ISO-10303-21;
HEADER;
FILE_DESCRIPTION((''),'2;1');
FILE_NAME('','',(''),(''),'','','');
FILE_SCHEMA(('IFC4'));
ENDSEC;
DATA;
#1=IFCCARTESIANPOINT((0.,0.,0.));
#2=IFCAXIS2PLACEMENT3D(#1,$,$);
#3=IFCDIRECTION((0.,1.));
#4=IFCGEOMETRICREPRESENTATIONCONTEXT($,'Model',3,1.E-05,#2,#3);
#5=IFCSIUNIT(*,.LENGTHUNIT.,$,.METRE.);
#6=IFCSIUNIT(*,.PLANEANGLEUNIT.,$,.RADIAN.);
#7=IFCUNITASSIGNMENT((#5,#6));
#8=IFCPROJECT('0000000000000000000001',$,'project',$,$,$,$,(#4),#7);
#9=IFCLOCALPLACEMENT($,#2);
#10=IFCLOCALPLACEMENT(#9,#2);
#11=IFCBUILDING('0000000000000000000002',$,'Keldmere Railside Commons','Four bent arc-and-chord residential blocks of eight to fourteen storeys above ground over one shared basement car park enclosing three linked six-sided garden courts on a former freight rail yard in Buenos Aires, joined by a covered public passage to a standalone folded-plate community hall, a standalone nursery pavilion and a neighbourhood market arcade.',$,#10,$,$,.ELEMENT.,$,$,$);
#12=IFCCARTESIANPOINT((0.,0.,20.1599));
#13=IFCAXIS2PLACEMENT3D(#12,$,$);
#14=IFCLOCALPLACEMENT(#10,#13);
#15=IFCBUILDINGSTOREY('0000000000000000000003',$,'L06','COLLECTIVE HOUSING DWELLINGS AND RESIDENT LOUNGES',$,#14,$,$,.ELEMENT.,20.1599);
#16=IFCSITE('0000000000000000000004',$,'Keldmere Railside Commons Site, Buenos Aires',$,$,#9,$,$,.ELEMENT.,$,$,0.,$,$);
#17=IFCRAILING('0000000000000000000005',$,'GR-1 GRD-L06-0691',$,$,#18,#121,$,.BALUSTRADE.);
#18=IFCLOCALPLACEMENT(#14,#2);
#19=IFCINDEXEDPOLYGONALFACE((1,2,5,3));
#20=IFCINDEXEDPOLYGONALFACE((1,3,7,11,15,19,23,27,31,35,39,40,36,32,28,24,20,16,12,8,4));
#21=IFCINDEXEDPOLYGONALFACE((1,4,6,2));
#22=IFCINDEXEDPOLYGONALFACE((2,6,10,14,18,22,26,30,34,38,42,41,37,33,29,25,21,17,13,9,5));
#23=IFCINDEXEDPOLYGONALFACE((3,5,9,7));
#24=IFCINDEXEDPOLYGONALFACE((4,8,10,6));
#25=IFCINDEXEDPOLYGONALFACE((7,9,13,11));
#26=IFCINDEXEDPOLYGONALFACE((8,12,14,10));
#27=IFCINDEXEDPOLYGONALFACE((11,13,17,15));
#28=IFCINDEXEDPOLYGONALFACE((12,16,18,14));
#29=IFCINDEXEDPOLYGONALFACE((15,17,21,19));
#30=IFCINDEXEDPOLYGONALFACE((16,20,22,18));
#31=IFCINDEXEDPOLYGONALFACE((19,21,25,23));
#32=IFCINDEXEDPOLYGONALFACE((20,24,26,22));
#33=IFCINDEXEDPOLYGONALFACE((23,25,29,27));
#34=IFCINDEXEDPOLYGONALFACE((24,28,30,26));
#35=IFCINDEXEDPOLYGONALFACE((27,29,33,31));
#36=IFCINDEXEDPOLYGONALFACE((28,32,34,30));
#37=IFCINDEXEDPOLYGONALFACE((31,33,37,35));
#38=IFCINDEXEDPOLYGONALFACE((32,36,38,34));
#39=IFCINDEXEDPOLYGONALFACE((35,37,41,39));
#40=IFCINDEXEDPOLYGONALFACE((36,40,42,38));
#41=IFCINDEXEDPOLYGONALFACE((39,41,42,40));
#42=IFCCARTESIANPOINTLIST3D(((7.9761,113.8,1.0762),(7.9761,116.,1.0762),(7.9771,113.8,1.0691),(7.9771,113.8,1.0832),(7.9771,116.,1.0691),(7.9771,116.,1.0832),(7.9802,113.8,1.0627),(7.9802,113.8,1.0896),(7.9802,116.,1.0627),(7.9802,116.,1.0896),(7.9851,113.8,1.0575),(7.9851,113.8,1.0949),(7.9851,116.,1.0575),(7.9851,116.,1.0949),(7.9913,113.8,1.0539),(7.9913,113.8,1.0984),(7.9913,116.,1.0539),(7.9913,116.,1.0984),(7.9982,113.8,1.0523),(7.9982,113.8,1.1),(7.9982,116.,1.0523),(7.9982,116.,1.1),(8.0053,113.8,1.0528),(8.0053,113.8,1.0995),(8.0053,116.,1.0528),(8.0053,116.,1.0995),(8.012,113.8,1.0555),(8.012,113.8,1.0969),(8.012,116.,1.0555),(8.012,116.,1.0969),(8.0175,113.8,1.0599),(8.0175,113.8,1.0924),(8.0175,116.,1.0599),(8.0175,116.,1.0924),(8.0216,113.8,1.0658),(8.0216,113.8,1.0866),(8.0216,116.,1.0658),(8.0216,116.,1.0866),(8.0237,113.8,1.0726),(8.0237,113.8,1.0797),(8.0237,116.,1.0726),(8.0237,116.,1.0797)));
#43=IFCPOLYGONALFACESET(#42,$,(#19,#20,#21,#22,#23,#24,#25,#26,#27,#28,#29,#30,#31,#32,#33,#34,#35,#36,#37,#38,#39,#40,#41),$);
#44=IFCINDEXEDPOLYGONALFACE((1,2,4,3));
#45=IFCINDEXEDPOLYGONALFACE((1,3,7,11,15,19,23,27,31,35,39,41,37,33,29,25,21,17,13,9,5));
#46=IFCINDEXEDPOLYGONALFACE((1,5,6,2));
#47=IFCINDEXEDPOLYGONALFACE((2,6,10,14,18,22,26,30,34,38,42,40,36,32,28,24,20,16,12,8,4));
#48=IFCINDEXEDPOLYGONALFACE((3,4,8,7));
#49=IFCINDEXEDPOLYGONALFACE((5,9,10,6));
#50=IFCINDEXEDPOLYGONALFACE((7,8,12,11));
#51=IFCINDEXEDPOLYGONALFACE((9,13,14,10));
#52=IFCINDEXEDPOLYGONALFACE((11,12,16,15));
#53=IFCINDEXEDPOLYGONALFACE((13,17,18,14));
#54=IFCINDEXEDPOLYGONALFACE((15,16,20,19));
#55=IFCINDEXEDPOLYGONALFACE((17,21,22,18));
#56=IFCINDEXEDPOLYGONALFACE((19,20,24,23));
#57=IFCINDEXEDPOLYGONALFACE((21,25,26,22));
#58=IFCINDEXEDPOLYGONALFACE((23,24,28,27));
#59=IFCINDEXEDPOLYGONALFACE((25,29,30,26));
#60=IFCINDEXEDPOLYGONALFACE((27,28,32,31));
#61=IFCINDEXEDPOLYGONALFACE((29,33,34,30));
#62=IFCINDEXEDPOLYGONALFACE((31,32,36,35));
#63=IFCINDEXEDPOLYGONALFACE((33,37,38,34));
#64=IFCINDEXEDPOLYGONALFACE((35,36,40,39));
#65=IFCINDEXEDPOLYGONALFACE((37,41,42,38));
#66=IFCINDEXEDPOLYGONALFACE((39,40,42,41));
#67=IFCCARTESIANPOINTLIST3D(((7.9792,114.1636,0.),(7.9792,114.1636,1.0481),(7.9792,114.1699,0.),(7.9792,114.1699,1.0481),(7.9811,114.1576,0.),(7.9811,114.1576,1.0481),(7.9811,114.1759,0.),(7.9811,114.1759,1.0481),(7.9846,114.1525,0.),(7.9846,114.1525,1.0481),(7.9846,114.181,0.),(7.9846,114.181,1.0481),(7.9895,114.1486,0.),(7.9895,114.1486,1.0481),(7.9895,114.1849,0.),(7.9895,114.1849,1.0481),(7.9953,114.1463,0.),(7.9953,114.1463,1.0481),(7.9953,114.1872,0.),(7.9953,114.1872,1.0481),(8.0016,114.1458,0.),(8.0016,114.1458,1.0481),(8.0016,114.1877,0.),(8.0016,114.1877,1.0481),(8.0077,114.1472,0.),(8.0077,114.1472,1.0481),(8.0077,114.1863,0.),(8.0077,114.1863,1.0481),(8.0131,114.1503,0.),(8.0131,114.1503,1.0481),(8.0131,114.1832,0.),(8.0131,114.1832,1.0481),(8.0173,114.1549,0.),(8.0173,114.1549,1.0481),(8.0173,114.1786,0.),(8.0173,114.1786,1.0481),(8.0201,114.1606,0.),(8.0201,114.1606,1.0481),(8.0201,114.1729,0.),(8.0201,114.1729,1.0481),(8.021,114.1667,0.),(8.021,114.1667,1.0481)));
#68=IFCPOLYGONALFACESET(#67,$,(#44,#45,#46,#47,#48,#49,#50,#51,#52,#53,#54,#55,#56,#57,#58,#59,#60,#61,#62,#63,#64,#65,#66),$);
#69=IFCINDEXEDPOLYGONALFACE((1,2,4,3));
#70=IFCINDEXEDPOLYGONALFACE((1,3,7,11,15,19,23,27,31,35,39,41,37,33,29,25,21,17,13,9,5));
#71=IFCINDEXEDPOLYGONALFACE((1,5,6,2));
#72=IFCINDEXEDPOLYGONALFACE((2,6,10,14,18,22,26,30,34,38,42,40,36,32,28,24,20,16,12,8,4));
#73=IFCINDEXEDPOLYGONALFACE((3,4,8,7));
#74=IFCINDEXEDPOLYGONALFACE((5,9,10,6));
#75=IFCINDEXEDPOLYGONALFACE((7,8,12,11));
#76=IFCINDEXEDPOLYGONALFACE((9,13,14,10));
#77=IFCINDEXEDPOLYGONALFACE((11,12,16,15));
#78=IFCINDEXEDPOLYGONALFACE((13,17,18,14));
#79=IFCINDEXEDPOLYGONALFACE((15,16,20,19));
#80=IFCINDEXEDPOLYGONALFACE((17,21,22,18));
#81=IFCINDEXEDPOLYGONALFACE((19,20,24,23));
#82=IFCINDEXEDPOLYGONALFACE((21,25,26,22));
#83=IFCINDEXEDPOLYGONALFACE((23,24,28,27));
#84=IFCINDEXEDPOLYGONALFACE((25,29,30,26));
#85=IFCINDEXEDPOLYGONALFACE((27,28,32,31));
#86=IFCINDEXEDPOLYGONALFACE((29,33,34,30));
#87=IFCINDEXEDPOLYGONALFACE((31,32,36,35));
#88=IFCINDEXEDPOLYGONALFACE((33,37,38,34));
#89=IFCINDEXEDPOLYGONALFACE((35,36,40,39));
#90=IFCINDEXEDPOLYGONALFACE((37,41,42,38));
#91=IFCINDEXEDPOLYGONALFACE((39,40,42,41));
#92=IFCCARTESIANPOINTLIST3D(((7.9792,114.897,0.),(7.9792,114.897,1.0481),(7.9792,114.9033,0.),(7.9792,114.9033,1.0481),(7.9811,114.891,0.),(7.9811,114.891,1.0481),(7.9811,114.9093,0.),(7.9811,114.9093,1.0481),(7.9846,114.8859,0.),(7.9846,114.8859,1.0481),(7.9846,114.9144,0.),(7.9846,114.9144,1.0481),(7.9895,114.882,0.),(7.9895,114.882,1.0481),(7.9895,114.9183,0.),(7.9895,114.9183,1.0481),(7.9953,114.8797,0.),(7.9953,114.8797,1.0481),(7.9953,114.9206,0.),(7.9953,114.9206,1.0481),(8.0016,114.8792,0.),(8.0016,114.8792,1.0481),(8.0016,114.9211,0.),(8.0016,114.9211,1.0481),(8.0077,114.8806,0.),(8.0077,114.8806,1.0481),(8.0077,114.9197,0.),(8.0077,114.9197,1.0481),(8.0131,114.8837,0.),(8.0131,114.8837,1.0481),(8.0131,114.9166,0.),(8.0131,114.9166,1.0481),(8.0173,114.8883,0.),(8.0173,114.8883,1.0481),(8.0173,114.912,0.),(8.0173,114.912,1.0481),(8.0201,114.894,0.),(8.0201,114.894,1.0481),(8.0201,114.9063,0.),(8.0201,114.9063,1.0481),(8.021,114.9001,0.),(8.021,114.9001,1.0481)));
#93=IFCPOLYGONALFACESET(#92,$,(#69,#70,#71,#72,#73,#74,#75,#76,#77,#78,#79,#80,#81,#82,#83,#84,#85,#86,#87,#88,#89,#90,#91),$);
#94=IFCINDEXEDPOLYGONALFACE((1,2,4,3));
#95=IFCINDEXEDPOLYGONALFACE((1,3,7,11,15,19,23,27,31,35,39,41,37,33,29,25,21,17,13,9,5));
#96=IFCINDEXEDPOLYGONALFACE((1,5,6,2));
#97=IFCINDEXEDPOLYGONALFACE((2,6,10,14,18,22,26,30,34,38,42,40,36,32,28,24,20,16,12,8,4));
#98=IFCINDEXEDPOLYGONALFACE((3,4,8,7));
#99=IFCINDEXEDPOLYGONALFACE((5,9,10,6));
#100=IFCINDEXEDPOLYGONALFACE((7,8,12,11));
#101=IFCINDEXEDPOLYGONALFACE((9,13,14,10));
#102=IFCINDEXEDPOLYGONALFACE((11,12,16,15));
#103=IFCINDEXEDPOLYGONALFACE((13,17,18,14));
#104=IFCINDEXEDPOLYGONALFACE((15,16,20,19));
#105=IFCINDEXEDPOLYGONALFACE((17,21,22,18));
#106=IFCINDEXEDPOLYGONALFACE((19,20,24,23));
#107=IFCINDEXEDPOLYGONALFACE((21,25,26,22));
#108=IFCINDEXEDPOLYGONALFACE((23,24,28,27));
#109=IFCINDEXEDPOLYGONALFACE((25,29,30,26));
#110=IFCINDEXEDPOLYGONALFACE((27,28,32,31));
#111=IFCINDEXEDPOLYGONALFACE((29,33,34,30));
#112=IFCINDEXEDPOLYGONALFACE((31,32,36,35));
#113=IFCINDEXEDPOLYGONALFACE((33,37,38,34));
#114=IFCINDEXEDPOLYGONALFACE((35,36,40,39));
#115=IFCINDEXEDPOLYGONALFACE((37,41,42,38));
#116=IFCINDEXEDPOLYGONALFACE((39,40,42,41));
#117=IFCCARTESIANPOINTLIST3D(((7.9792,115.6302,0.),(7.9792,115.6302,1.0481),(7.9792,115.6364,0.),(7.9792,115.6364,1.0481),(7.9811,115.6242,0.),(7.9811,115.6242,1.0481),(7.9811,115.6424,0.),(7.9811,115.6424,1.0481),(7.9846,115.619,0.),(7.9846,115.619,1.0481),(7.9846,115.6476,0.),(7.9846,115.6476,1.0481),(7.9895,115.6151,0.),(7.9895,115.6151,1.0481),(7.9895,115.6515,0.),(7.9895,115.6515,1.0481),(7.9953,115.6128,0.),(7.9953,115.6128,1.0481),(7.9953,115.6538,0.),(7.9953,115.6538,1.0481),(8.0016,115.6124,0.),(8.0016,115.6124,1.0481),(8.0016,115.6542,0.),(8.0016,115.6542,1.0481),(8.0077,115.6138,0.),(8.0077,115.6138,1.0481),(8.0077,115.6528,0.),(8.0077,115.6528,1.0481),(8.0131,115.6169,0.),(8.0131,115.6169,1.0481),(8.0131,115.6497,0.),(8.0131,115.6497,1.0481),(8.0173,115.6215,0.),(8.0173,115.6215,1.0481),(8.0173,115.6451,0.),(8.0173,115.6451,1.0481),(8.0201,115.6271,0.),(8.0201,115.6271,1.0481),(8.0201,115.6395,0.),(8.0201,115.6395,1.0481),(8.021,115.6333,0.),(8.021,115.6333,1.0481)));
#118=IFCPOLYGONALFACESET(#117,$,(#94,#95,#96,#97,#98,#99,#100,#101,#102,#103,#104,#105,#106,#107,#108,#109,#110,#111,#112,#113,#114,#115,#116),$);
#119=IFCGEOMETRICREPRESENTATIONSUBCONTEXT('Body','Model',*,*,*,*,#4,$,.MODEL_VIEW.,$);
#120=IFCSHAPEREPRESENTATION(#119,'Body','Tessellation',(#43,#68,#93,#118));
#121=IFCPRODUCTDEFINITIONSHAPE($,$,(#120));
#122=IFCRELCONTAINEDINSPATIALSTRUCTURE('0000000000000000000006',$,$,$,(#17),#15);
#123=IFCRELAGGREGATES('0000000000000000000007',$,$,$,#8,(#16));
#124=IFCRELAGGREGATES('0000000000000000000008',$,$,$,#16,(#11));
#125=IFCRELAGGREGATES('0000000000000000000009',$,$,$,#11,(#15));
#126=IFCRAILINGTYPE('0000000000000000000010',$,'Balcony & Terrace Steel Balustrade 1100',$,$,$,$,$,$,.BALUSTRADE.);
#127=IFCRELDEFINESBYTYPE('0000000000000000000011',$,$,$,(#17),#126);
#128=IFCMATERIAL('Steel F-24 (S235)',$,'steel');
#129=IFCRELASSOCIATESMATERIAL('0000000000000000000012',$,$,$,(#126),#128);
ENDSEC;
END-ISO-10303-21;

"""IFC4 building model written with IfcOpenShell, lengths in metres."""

from ifc_helpers import new_model, si_unit, direction, frame, origin, origin_2d, place, context, subcontext, project, spatial, circle, extrude, material, type_object, element, save


model = new_model("IFC4")

# Units and contexts
model_context = context("Model", 3, precision=1e-05, world=origin(), true_north=direction((0.0, 1.0)))
body_context = subcontext(model_context, "Body", "Model", "MODEL_VIEW")
ifc_project = project(units=[si_unit("LENGTHUNIT", "METRE"), si_unit("PLANEANGLEUNIT", "RADIAN")], contexts=[model_context])

# Site, building, storey
site_placement = place(None, origin())
site = spatial("IfcSite", under=ifc_project, at=site_placement, Name="Keldmere Railside Commons Site, Buenos Aires", CompositionType="ELEMENT", RefElevation=0.0)
building_placement = place(site_placement, origin())
building = spatial("IfcBuilding", under=site, at=building_placement, Name="Keldmere Railside Commons", Description="Four bent arc-and-chord residential blocks of eight to fourteen storeys above ground over one shared basement car park enclosing three linked six-sided garden courts on a former freight rail yard in Buenos Aires, joined by a covered public passage to a standalone folded-plate community hall, a standalone nursery pavilion and a neighbourhood market arcade.", CompositionType="ELEMENT")
storey_placement = place(building_placement, frame((0.0, 0.0, 20.1599)))
storey = spatial("IfcBuildingStorey", under=building, at=storey_placement, Name="L06", Description="COLLECTIVE HOUSING DWELLINGS AND RESIDENT LOUNGES", CompositionType="ELEMENT", Elevation=20.1599)

# Railing
ifc_material_1 = material(Name="Steel F-24 (S235)", Category="steel")
railing_type = type_object("IfcRailingType", Name="Balcony & Terrace Steel Balustrade 1100", PredefinedType="BALUSTRADE", material=ifc_material_1)
railing_1_placement = place(storey_placement, frame((8.0, 113.8, 0.0)))
element("IfcRailing", 1, at=railing_1_placement, inside=storey, type_object=railing_type, Name="GR-1 GRD-L06-0691", PredefinedType="BALUSTRADE", context=body_context, shape_type="SweptSolid", body=[
    extrude(circle(Radius=0.0239, at=origin_2d()), frame((0.0, 0.0, 1.0762), z_axis=(0.0, 1.0, 0.0), x_axis=(-1.0, 0.0, 0.0)), (0.0, 0.0, 1.0), 2.2),
    extrude(circle(Radius=0.021, at=origin_2d()), frame((0.0, 0.3667, 0.0)), (0.0, 0.0, 1.0), 1.0481),
    extrude(circle(Radius=0.021, at=origin_2d()), frame((0.0, 1.1001, 0.0)), (0.0, 0.0, 1.0), 1.0481),
    extrude(circle(Radius=0.021, at=origin_2d()), frame((0.0, 1.8333, 0.0)), (0.0, 0.0, 1.0), 1.0481),
])

save(model, "model.ifc")
